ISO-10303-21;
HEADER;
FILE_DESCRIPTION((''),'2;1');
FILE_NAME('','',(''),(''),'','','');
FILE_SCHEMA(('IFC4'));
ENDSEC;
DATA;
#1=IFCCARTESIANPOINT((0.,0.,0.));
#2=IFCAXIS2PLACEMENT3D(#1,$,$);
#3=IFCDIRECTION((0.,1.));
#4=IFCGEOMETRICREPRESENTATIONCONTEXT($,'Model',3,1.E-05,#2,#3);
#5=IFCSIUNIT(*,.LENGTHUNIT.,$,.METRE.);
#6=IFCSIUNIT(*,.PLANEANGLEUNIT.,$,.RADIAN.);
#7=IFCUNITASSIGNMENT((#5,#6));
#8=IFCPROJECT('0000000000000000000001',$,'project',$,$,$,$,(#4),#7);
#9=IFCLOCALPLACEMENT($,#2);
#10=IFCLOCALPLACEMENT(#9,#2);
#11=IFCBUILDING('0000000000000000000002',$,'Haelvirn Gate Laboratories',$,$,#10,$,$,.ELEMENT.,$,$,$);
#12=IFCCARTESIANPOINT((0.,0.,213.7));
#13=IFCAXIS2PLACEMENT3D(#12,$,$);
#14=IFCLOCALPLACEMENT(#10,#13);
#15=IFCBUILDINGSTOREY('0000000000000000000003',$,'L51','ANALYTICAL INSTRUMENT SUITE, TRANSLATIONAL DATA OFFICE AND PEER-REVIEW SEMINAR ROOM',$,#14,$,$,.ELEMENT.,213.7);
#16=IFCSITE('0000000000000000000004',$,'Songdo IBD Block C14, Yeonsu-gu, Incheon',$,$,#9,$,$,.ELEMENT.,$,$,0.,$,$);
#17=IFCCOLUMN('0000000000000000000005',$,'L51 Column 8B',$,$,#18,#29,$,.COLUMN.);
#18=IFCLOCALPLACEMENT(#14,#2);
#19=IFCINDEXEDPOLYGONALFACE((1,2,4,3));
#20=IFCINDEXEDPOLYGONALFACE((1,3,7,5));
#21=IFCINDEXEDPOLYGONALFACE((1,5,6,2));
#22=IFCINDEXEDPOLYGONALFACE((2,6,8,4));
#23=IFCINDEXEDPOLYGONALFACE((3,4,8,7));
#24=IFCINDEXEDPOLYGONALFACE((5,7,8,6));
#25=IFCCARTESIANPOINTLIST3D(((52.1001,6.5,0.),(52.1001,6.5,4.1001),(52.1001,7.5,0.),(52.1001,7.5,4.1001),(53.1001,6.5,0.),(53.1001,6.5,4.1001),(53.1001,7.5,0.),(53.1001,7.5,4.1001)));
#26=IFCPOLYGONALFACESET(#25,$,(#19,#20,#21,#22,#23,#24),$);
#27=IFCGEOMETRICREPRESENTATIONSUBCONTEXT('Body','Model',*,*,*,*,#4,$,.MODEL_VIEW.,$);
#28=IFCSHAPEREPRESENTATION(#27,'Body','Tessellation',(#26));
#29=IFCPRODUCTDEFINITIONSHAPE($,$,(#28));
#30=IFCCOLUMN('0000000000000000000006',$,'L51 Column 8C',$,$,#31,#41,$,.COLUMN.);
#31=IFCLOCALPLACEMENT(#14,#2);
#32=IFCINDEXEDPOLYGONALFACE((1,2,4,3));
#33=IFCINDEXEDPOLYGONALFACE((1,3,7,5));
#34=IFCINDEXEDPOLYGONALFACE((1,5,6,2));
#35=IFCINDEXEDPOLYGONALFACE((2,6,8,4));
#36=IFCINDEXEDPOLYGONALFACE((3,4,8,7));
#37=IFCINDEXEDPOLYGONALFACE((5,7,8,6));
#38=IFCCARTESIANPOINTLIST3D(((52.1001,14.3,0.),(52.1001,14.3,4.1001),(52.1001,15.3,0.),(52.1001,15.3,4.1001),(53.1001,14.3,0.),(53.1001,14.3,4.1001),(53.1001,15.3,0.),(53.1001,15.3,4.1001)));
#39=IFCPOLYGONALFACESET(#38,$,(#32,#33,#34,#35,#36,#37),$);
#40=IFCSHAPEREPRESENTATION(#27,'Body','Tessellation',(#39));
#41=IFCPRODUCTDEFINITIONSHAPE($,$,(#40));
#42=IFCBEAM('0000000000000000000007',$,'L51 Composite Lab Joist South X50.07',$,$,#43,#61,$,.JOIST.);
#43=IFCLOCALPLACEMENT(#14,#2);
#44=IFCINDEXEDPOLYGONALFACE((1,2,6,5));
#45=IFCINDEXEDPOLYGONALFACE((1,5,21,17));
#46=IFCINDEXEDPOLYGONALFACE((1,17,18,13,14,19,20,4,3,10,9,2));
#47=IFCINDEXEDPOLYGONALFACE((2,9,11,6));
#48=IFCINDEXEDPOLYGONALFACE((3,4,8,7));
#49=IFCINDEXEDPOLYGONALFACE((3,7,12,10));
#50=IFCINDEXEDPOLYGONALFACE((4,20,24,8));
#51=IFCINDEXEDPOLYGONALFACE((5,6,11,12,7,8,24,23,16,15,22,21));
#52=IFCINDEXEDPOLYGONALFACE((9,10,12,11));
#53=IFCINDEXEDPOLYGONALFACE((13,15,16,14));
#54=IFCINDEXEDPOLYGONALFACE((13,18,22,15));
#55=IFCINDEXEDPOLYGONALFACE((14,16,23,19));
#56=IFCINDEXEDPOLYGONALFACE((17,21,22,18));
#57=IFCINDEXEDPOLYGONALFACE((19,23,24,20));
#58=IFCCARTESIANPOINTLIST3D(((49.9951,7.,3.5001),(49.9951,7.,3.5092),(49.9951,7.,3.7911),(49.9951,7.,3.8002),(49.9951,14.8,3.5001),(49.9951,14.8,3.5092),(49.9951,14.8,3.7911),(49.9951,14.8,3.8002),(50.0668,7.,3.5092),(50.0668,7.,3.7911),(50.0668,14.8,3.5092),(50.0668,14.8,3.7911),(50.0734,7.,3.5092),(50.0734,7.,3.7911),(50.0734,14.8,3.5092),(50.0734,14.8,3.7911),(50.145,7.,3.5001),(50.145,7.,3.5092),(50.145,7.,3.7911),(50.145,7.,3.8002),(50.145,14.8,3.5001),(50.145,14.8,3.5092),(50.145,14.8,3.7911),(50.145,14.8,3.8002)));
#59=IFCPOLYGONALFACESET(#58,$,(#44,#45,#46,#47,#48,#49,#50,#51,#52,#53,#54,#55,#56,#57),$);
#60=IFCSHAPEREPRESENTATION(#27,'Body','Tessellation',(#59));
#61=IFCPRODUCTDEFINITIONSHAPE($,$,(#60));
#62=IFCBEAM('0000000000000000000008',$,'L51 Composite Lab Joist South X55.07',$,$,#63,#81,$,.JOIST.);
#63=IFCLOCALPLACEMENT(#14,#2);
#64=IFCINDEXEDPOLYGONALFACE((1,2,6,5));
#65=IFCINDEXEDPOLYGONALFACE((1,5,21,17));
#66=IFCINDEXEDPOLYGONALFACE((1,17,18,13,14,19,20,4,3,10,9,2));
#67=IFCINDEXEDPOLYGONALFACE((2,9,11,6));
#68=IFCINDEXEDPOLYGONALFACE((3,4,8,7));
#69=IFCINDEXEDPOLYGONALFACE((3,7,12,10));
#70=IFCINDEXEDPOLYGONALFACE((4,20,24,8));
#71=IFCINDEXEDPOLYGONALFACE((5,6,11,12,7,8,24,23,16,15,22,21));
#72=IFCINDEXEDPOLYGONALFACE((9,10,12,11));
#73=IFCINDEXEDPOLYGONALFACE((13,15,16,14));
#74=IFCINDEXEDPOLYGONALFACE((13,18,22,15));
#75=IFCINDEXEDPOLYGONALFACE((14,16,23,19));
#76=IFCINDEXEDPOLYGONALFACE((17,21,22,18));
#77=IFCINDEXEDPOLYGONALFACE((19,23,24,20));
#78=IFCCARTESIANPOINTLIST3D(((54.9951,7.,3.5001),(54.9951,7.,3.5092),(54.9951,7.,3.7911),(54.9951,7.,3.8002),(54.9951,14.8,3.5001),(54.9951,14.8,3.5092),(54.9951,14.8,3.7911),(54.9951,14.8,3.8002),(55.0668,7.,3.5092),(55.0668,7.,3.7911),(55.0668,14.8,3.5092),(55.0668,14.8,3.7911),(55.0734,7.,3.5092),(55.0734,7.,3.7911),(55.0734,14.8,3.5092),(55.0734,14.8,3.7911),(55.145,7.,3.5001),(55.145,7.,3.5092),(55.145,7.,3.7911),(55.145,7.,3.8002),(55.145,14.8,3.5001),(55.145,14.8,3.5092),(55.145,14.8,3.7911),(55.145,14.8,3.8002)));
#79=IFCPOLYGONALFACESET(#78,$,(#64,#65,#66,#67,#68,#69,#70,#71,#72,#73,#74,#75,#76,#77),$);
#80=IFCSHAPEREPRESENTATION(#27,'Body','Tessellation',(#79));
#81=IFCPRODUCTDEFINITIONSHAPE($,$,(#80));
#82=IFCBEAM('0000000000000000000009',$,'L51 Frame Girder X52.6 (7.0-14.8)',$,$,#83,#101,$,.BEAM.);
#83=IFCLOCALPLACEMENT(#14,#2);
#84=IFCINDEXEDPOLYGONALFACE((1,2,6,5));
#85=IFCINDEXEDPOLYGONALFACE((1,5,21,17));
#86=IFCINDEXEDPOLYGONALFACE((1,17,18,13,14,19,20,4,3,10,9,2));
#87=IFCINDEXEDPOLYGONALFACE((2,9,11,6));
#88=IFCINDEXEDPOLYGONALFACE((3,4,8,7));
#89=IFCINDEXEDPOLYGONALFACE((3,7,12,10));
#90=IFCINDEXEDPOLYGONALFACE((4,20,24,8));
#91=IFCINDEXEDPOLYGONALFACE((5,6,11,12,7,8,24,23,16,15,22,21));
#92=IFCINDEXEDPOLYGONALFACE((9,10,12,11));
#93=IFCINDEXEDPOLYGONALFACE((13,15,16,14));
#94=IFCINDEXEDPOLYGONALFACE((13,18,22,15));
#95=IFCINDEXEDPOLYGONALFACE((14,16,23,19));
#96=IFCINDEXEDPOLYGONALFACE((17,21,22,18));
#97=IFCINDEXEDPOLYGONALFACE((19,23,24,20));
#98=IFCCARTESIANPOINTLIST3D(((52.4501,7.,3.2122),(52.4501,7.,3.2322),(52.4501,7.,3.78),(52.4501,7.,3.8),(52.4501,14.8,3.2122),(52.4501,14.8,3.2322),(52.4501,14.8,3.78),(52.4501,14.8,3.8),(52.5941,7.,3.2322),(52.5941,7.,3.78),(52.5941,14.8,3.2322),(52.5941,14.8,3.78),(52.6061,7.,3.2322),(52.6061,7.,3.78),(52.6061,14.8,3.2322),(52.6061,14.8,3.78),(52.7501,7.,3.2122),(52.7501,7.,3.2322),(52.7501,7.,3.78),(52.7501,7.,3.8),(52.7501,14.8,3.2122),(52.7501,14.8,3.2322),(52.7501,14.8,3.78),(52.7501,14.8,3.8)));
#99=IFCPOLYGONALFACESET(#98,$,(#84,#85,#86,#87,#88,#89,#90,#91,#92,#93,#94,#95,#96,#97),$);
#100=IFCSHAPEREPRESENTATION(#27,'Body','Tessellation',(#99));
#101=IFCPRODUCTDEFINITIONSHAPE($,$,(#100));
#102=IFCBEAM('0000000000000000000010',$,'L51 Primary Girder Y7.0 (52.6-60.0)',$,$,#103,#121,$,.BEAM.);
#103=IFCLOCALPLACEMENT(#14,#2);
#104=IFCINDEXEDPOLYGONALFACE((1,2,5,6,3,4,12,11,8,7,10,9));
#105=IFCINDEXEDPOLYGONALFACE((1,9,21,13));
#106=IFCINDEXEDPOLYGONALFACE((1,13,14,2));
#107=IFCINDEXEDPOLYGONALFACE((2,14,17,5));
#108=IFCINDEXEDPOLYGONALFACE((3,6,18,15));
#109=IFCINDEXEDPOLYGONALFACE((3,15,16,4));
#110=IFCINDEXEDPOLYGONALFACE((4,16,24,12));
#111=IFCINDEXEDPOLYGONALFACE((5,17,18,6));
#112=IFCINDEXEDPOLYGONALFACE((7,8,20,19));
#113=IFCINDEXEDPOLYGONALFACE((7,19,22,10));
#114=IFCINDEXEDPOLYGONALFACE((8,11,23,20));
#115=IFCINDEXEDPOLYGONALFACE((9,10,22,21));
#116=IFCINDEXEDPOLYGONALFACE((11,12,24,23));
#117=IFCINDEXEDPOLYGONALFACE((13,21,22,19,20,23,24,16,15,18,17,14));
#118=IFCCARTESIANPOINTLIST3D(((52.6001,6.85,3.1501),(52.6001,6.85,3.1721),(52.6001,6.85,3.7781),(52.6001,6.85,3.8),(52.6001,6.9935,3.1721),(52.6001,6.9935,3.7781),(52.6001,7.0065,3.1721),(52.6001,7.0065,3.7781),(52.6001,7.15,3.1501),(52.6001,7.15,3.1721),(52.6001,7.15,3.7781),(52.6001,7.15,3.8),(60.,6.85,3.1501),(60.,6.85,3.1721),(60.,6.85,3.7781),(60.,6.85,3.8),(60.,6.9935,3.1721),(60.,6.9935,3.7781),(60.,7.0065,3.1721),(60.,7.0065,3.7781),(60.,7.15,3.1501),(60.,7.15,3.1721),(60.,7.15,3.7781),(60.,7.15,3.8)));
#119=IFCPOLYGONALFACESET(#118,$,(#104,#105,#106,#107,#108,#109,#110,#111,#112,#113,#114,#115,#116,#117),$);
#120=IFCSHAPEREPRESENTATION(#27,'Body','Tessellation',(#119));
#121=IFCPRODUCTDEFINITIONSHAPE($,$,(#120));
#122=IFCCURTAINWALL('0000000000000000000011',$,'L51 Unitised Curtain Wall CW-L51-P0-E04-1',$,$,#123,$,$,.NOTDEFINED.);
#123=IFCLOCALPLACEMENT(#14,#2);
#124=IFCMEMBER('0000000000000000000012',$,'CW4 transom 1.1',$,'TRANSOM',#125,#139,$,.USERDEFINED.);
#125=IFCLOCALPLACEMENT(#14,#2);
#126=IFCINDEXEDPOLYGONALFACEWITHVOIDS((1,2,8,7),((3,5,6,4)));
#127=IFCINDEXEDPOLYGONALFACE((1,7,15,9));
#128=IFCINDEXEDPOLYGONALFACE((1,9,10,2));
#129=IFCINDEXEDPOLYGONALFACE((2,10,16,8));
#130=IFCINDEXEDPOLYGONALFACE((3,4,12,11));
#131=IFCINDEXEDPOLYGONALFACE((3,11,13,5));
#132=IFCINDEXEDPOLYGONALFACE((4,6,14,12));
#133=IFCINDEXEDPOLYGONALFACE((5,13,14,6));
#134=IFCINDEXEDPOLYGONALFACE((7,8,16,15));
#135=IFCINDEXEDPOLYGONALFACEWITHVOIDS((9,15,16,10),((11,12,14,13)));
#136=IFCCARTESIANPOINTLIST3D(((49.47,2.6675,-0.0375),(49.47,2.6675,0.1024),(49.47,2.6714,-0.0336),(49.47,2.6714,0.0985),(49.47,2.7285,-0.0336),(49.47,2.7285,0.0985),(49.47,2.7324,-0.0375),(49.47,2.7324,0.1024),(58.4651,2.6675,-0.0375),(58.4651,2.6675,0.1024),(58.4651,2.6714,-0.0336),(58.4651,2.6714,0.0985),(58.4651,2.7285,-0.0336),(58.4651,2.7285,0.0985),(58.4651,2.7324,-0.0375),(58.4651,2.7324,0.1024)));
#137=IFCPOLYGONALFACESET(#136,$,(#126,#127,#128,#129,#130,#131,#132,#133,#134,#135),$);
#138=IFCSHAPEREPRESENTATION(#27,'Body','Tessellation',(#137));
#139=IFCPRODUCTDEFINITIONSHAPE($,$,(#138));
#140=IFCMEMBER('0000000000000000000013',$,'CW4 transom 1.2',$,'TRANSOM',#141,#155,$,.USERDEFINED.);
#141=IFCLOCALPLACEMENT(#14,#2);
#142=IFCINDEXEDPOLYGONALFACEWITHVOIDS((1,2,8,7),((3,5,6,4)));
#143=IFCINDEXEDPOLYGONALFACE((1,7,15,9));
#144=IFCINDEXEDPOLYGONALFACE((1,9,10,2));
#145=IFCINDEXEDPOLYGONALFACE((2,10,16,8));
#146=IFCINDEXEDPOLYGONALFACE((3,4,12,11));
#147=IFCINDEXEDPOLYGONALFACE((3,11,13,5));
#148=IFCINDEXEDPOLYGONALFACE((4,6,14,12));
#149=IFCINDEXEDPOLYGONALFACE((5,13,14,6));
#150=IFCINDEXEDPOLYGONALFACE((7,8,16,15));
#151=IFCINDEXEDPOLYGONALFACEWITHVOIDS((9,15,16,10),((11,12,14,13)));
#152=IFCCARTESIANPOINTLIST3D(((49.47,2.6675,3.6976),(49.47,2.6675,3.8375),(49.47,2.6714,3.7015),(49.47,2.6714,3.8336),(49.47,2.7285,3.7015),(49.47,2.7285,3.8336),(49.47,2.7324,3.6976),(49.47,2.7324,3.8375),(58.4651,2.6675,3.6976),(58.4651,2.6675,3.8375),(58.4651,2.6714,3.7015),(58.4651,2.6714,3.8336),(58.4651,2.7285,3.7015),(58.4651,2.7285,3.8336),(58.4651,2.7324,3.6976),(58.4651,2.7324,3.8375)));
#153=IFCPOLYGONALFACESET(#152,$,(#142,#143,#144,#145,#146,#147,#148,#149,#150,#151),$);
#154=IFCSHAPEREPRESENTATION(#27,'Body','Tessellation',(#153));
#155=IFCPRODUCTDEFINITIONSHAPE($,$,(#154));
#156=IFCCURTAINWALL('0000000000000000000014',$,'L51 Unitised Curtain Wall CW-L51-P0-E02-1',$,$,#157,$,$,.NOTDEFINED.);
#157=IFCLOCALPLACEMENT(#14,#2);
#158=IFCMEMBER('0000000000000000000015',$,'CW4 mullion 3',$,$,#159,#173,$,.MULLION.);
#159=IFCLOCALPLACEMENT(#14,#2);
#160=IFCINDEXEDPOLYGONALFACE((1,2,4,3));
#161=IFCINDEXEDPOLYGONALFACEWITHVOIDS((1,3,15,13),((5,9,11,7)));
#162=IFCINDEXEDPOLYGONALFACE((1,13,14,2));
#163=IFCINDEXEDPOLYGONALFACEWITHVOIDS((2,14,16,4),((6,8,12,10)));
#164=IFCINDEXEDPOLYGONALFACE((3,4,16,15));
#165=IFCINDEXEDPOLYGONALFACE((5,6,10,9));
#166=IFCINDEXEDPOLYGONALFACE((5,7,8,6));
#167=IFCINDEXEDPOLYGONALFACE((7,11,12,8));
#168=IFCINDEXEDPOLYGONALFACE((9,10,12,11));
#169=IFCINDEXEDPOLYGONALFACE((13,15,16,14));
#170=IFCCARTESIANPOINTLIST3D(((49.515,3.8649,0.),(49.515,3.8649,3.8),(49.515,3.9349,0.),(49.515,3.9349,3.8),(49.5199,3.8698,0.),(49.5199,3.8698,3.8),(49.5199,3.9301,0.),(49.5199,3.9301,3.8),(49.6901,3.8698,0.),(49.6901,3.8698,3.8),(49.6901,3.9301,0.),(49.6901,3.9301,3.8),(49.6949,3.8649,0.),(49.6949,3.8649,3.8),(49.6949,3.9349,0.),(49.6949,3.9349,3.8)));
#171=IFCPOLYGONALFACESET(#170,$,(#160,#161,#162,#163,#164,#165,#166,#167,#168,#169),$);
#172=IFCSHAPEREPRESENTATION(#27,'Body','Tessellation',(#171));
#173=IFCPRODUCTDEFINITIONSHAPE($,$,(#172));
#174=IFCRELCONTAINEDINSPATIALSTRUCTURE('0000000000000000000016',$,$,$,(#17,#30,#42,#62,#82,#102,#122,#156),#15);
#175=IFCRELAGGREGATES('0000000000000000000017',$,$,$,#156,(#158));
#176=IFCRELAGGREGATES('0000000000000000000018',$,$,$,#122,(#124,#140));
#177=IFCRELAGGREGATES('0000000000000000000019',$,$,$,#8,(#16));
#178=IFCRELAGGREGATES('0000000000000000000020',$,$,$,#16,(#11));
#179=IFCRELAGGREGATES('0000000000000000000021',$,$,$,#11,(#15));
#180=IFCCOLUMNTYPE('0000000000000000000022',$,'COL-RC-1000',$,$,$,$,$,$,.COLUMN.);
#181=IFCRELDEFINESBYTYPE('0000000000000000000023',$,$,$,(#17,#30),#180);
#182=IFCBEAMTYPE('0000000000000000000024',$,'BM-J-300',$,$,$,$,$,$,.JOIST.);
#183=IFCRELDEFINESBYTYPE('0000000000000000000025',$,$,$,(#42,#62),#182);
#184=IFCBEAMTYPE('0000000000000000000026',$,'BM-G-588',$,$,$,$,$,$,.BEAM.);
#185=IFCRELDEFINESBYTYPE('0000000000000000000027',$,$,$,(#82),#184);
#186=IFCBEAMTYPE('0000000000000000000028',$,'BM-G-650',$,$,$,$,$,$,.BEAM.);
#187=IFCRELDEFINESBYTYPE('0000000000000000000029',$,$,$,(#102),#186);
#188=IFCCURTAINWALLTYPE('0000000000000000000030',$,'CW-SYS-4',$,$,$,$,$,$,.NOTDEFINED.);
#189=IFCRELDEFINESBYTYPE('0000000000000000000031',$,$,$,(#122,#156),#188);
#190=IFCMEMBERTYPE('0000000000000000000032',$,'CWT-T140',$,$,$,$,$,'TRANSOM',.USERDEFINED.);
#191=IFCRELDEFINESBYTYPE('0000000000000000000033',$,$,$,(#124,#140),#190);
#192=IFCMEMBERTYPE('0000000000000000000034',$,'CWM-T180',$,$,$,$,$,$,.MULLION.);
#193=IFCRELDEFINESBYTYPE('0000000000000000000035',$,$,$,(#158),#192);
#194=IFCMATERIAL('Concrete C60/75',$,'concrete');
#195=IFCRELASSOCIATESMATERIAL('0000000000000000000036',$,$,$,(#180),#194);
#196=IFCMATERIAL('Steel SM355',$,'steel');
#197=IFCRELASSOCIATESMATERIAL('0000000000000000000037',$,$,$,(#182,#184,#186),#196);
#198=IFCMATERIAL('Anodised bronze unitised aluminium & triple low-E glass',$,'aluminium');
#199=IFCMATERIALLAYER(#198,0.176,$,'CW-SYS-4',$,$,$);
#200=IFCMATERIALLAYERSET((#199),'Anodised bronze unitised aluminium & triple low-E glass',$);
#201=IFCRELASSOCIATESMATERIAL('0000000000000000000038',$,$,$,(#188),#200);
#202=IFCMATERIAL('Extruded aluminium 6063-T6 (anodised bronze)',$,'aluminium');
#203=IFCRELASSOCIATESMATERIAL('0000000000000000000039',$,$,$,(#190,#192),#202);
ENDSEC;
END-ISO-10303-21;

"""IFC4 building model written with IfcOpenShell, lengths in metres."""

from ifc_helpers import new_model, si_unit, direction, frame, origin, origin_2d, place, context, subcontext, project, spatial, rectangle, hollow_rectangle, i_section, extrude, source, transform, mapped, material, layer, layer_set, material_profile, profile_set, type_object, type_shapes, element, aggregate, save


model = new_model("IFC4")

# Units and contexts
model_context = context("Model", 3, precision=1e-05, world=origin(), true_north=direction((0.0, 1.0)))
body_context = subcontext(model_context, "Body", "Model", "MODEL_VIEW")
ifc_project = project(units=[si_unit("LENGTHUNIT", "METRE"), si_unit("PLANEANGLEUNIT", "RADIAN")], contexts=[model_context])

# Site, building, storey
site_placement = place(None, origin())
site = spatial("IfcSite", under=ifc_project, at=site_placement, Name="Songdo IBD Block C14, Yeonsu-gu, Incheon", CompositionType="ELEMENT", RefElevation=0.0)
building_placement = place(site_placement, origin())
building = spatial("IfcBuilding", under=site, at=building_placement, Name="Haelvirn Gate Laboratories", CompositionType="ELEMENT")
storey_placement = place(building_placement, frame((0.0, 0.0, 213.7)))
storey = spatial("IfcBuildingStorey", under=building, at=storey_placement, Name="L51", Description="ANALYTICAL INSTRUMENT SUITE, TRANSLATIONAL DATA OFFICE AND PEER-REVIEW SEMINAR ROOM", CompositionType="ELEMENT", Elevation=213.7)

# Columns
ifc_material_1 = material(Name="Concrete C60/75", Category="concrete")
ifc_material_profile_1 = material_profile(ifc_material_1, rectangle(XDim=1.0, YDim=1.0, at=origin_2d()), Name="RC-1000x1000")
ifc_profile_set_1 = profile_set([ifc_material_profile_1], Name="Concrete C60/75")
column_type = type_object("IfcColumnType", Name="COL-RC-1000", PredefinedType="COLUMN", material=ifc_profile_set_1)
shared_shape_1 = source(origin(), body_context, "Body", "SweptSolid", [
    extrude(rectangle(XDim=1.0, YDim=1.0, at=origin_2d()), origin(), (0.0, 0.0, 1.0), 4.1001),
])
type_shapes(column_type, [shared_shape_1])
for number, where, z_axis, x_axis, name in (
    (1, (52.6001, 7.0, 0.0), (0.0, 0.0, 1.0), (1.0, 0.0, 0.0), "L51 Column 8B"),
    (2, (52.6001, 14.8, 0.0), (0.0, 0.0, 1.0), (1.0, 0.0, 0.0), "L51 Column 8C"),
):
    element("IfcColumn", number, at=place(storey_placement, frame(where, z_axis=z_axis, x_axis=x_axis)), inside=storey, type_object=column_type, Name=name, PredefinedType="COLUMN", context=body_context, shape_type="MappedRepresentation", body=[
        mapped(shared_shape_1, transform((0.0, 0.0, 0.0), scale=1.0)),
    ])

# Beams
ifc_material_2 = material(Name="Steel SM355", Category="steel")
ifc_material_profile_2 = material_profile(ifc_material_2, i_section(OverallWidth=0.1499, OverallDepth=0.3, WebThickness=0.0066, FlangeThickness=0.009, at=origin_2d()), Name="H-300x150x6.5x9")
ifc_profile_set_2 = profile_set([ifc_material_profile_2], Name="Steel SM355")
beam_type_1 = type_object("IfcBeamType", Name="BM-J-300", PredefinedType="JOIST", material=ifc_profile_set_2)
shared_shape_2 = source(origin(), body_context, "Body", "SweptSolid", [
    extrude(i_section(OverallWidth=0.1499, OverallDepth=0.3, WebThickness=0.0066, FlangeThickness=0.009, at=origin_2d()), origin(), (0.0, 0.0, 1.0), 7.8),
])
type_shapes(beam_type_1, [shared_shape_2])
for number, where, z_axis, x_axis, name in (
    (3, (50.0701, 7.0, 3.6501), (0.0, 1.0, 0.0), (-1.0, 0.0, 0.0), "L51 Composite Lab Joist South X50.07"),
    (4, (55.0701, 7.0, 3.6501), (0.0, 1.0, 0.0), (-1.0, 0.0, 0.0), "L51 Composite Lab Joist South X55.07"),
):
    element("IfcBeam", number, at=place(storey_placement, frame(where, z_axis=z_axis, x_axis=x_axis)), inside=storey, type_object=beam_type_1, Name=name, PredefinedType="JOIST", context=body_context, shape_type="MappedRepresentation", body=[
        mapped(shared_shape_2, transform((0.0, 0.0, 0.0), scale=1.0)),
    ])
ifc_material_profile_3 = material_profile(ifc_material_2, i_section(OverallWidth=0.3, OverallDepth=0.5879, WebThickness=0.012, FlangeThickness=0.02, at=origin_2d()), Name="H-588x300x12x20")
ifc_profile_set_3 = profile_set([ifc_material_profile_3], Name="Steel SM355")
beam_type_2 = type_object("IfcBeamType", Name="BM-G-588", PredefinedType="BEAM", material=ifc_profile_set_3)
shared_shape_3 = source(origin(), body_context, "Body", "SweptSolid", [
    extrude(i_section(OverallWidth=0.3, OverallDepth=0.5879, WebThickness=0.012, FlangeThickness=0.02, at=origin_2d()), origin(), (0.0, 0.0, 1.0), 7.8),
])
type_shapes(beam_type_2, [shared_shape_3])
beam_1_placement = place(storey_placement, frame((52.6001, 7.0, 3.5061), z_axis=(0.0, 1.0, 0.0), x_axis=(-1.0, 0.0, 0.0)))
element("IfcBeam", 5, at=beam_1_placement, inside=storey, type_object=beam_type_2, Name="L51 Frame Girder X52.6 (7.0-14.8)", PredefinedType="BEAM", context=body_context, shape_type="MappedRepresentation", body=[
    mapped(shared_shape_3, transform((0.0, 0.0, 0.0), scale=1.0)),
])
ifc_material_profile_4 = material_profile(ifc_material_2, i_section(OverallWidth=0.3, OverallDepth=0.6499, WebThickness=0.0129, FlangeThickness=0.022, at=origin_2d()), Name="H-650x300x13x22")
ifc_profile_set_4 = profile_set([ifc_material_profile_4], Name="Steel SM355")
beam_type_3 = type_object("IfcBeamType", Name="BM-G-650", PredefinedType="BEAM", material=ifc_profile_set_4)
shared_shape_4 = source(origin(), body_context, "Body", "SweptSolid", [
    extrude(i_section(OverallWidth=0.3, OverallDepth=0.6499, WebThickness=0.0129, FlangeThickness=0.022, at=origin_2d()), origin(), (0.0, 0.0, 1.0), 7.3999),
])
type_shapes(beam_type_3, [shared_shape_4])
beam_2_placement = place(storey_placement, frame((52.6001, 7.0, 3.4751), z_axis=(1.0, 0.0, 0.0), x_axis=(0.0, 1.0, 0.0)))
element("IfcBeam", 6, at=beam_2_placement, inside=storey, type_object=beam_type_3, Name="L51 Primary Girder Y7.0 (52.6-60.0)", PredefinedType="BEAM", context=body_context, shape_type="MappedRepresentation", body=[
    mapped(shared_shape_4, transform((0.0, 0.0, 0.0), scale=1.0)),
])

# Curtain wall, members
ifc_material_3 = material(Name="Anodised bronze unitised aluminium & triple low-E glass", Category="aluminium")
ifc_layer_1 = layer(ifc_material_3, 0.176, Name="CW-SYS-4")
ifc_layer_set_1 = layer_set([ifc_layer_1], Name="Anodised bronze unitised aluminium & triple low-E glass")
curtain_wall_type = type_object("IfcCurtainWallType", Name="CW-SYS-4", PredefinedType="NOTDEFINED", material=ifc_layer_set_1)
curtain_wall_1_placement = place(storey_placement, origin())
curtain_wall_1 = element("IfcCurtainWall", 7, at=curtain_wall_1_placement, inside=storey, type_object=curtain_wall_type, Name="L51 Unitised Curtain Wall CW-L51-P0-E04-1", PredefinedType="NOTDEFINED")
ifc_material_4 = material(Name="Extruded aluminium 6063-T6 (anodised bronze)", Category="aluminium")
ifc_material_profile_5 = material_profile(ifc_material_4, hollow_rectangle(XDim=0.0649, YDim=0.1399, WallThickness=0.0039, at=origin_2d()), Name="CWT-140x65x4")
ifc_profile_set_5 = profile_set([ifc_material_profile_5], Name="Extruded aluminium 6063-T6 (anodised bronze)")
member_type_1 = type_object("IfcMemberType", Name="CWT-T140", ElementType="TRANSOM", PredefinedType="USERDEFINED", material=ifc_profile_set_5)
shared_shape_5 = source(origin(), body_context, "Body", "SweptSolid", [
    extrude(hollow_rectangle(XDim=0.0649, YDim=0.1399, WallThickness=0.0039, at=origin_2d()), origin(), (0.0, 0.0, 1.0), 8.9951),
])
type_shapes(member_type_1, [shared_shape_5])
member_1_placement = place(storey_placement, frame((49.47, 2.7, 0.0325), z_axis=(1.0, 0.0, 0.0), x_axis=(0.0, 1.0, 0.0)))
member_1 = element("IfcMember", 8, at=member_1_placement, type_object=member_type_1, Name="CW4 transom 1.1", ObjectType="TRANSOM", PredefinedType="USERDEFINED", context=body_context, shape_type="MappedRepresentation", body=[
    mapped(shared_shape_5, transform((0.0, 0.0, 0.0), scale=1.0)),
])
member_2_placement = place(storey_placement, frame((49.47, 2.7, 3.7676), z_axis=(1.0, 0.0, 0.0), x_axis=(0.0, 1.0, 0.0)))
member_2 = element("IfcMember", 9, at=member_2_placement, type_object=member_type_1, Name="CW4 transom 1.2", ObjectType="TRANSOM", PredefinedType="USERDEFINED", context=body_context, shape_type="MappedRepresentation", body=[
    mapped(shared_shape_5, transform((0.0, 0.0, 0.0), scale=1.0)),
])

# Curtain wall, member
curtain_wall_2_placement = place(storey_placement, origin())
curtain_wall_2 = element("IfcCurtainWall", 10, at=curtain_wall_2_placement, inside=storey, type_object=curtain_wall_type, Name="L51 Unitised Curtain Wall CW-L51-P0-E02-1", PredefinedType="NOTDEFINED")
ifc_material_profile_6 = material_profile(ifc_material_4, hollow_rectangle(XDim=0.0701, YDim=0.1799, WallThickness=0.0049, at=origin_2d()), Name="CWM-180x70x5")
ifc_profile_set_6 = profile_set([ifc_material_profile_6], Name="Extruded aluminium 6063-T6 (anodised bronze)")
member_type_2 = type_object("IfcMemberType", Name="CWM-T180", PredefinedType="MULLION", material=ifc_profile_set_6)
shared_shape_6 = source(origin(), body_context, "Body", "SweptSolid", [
    extrude(hollow_rectangle(XDim=0.0701, YDim=0.1799, WallThickness=0.0049, at=origin_2d()), origin(), (0.0, 0.0, 1.0), 3.8),
])
type_shapes(member_type_2, [shared_shape_6])
member_3_placement = place(storey_placement, frame((49.605, 3.8999, 0.0), z_axis=(0.0, 0.0, 1.0), x_axis=(0.0, 1.0, 0.0)))
member_3 = element("IfcMember", 11, at=member_3_placement, type_object=member_type_2, Name="CW4 mullion 3", PredefinedType="MULLION", context=body_context, shape_type="MappedRepresentation", body=[
    mapped(shared_shape_6, transform((0.0, 0.0, 0.0), scale=1.0)),
])
aggregate(curtain_wall_2, [member_3])

aggregate(curtain_wall_1, [member_1, member_2])

save(model, "model.ifc")
